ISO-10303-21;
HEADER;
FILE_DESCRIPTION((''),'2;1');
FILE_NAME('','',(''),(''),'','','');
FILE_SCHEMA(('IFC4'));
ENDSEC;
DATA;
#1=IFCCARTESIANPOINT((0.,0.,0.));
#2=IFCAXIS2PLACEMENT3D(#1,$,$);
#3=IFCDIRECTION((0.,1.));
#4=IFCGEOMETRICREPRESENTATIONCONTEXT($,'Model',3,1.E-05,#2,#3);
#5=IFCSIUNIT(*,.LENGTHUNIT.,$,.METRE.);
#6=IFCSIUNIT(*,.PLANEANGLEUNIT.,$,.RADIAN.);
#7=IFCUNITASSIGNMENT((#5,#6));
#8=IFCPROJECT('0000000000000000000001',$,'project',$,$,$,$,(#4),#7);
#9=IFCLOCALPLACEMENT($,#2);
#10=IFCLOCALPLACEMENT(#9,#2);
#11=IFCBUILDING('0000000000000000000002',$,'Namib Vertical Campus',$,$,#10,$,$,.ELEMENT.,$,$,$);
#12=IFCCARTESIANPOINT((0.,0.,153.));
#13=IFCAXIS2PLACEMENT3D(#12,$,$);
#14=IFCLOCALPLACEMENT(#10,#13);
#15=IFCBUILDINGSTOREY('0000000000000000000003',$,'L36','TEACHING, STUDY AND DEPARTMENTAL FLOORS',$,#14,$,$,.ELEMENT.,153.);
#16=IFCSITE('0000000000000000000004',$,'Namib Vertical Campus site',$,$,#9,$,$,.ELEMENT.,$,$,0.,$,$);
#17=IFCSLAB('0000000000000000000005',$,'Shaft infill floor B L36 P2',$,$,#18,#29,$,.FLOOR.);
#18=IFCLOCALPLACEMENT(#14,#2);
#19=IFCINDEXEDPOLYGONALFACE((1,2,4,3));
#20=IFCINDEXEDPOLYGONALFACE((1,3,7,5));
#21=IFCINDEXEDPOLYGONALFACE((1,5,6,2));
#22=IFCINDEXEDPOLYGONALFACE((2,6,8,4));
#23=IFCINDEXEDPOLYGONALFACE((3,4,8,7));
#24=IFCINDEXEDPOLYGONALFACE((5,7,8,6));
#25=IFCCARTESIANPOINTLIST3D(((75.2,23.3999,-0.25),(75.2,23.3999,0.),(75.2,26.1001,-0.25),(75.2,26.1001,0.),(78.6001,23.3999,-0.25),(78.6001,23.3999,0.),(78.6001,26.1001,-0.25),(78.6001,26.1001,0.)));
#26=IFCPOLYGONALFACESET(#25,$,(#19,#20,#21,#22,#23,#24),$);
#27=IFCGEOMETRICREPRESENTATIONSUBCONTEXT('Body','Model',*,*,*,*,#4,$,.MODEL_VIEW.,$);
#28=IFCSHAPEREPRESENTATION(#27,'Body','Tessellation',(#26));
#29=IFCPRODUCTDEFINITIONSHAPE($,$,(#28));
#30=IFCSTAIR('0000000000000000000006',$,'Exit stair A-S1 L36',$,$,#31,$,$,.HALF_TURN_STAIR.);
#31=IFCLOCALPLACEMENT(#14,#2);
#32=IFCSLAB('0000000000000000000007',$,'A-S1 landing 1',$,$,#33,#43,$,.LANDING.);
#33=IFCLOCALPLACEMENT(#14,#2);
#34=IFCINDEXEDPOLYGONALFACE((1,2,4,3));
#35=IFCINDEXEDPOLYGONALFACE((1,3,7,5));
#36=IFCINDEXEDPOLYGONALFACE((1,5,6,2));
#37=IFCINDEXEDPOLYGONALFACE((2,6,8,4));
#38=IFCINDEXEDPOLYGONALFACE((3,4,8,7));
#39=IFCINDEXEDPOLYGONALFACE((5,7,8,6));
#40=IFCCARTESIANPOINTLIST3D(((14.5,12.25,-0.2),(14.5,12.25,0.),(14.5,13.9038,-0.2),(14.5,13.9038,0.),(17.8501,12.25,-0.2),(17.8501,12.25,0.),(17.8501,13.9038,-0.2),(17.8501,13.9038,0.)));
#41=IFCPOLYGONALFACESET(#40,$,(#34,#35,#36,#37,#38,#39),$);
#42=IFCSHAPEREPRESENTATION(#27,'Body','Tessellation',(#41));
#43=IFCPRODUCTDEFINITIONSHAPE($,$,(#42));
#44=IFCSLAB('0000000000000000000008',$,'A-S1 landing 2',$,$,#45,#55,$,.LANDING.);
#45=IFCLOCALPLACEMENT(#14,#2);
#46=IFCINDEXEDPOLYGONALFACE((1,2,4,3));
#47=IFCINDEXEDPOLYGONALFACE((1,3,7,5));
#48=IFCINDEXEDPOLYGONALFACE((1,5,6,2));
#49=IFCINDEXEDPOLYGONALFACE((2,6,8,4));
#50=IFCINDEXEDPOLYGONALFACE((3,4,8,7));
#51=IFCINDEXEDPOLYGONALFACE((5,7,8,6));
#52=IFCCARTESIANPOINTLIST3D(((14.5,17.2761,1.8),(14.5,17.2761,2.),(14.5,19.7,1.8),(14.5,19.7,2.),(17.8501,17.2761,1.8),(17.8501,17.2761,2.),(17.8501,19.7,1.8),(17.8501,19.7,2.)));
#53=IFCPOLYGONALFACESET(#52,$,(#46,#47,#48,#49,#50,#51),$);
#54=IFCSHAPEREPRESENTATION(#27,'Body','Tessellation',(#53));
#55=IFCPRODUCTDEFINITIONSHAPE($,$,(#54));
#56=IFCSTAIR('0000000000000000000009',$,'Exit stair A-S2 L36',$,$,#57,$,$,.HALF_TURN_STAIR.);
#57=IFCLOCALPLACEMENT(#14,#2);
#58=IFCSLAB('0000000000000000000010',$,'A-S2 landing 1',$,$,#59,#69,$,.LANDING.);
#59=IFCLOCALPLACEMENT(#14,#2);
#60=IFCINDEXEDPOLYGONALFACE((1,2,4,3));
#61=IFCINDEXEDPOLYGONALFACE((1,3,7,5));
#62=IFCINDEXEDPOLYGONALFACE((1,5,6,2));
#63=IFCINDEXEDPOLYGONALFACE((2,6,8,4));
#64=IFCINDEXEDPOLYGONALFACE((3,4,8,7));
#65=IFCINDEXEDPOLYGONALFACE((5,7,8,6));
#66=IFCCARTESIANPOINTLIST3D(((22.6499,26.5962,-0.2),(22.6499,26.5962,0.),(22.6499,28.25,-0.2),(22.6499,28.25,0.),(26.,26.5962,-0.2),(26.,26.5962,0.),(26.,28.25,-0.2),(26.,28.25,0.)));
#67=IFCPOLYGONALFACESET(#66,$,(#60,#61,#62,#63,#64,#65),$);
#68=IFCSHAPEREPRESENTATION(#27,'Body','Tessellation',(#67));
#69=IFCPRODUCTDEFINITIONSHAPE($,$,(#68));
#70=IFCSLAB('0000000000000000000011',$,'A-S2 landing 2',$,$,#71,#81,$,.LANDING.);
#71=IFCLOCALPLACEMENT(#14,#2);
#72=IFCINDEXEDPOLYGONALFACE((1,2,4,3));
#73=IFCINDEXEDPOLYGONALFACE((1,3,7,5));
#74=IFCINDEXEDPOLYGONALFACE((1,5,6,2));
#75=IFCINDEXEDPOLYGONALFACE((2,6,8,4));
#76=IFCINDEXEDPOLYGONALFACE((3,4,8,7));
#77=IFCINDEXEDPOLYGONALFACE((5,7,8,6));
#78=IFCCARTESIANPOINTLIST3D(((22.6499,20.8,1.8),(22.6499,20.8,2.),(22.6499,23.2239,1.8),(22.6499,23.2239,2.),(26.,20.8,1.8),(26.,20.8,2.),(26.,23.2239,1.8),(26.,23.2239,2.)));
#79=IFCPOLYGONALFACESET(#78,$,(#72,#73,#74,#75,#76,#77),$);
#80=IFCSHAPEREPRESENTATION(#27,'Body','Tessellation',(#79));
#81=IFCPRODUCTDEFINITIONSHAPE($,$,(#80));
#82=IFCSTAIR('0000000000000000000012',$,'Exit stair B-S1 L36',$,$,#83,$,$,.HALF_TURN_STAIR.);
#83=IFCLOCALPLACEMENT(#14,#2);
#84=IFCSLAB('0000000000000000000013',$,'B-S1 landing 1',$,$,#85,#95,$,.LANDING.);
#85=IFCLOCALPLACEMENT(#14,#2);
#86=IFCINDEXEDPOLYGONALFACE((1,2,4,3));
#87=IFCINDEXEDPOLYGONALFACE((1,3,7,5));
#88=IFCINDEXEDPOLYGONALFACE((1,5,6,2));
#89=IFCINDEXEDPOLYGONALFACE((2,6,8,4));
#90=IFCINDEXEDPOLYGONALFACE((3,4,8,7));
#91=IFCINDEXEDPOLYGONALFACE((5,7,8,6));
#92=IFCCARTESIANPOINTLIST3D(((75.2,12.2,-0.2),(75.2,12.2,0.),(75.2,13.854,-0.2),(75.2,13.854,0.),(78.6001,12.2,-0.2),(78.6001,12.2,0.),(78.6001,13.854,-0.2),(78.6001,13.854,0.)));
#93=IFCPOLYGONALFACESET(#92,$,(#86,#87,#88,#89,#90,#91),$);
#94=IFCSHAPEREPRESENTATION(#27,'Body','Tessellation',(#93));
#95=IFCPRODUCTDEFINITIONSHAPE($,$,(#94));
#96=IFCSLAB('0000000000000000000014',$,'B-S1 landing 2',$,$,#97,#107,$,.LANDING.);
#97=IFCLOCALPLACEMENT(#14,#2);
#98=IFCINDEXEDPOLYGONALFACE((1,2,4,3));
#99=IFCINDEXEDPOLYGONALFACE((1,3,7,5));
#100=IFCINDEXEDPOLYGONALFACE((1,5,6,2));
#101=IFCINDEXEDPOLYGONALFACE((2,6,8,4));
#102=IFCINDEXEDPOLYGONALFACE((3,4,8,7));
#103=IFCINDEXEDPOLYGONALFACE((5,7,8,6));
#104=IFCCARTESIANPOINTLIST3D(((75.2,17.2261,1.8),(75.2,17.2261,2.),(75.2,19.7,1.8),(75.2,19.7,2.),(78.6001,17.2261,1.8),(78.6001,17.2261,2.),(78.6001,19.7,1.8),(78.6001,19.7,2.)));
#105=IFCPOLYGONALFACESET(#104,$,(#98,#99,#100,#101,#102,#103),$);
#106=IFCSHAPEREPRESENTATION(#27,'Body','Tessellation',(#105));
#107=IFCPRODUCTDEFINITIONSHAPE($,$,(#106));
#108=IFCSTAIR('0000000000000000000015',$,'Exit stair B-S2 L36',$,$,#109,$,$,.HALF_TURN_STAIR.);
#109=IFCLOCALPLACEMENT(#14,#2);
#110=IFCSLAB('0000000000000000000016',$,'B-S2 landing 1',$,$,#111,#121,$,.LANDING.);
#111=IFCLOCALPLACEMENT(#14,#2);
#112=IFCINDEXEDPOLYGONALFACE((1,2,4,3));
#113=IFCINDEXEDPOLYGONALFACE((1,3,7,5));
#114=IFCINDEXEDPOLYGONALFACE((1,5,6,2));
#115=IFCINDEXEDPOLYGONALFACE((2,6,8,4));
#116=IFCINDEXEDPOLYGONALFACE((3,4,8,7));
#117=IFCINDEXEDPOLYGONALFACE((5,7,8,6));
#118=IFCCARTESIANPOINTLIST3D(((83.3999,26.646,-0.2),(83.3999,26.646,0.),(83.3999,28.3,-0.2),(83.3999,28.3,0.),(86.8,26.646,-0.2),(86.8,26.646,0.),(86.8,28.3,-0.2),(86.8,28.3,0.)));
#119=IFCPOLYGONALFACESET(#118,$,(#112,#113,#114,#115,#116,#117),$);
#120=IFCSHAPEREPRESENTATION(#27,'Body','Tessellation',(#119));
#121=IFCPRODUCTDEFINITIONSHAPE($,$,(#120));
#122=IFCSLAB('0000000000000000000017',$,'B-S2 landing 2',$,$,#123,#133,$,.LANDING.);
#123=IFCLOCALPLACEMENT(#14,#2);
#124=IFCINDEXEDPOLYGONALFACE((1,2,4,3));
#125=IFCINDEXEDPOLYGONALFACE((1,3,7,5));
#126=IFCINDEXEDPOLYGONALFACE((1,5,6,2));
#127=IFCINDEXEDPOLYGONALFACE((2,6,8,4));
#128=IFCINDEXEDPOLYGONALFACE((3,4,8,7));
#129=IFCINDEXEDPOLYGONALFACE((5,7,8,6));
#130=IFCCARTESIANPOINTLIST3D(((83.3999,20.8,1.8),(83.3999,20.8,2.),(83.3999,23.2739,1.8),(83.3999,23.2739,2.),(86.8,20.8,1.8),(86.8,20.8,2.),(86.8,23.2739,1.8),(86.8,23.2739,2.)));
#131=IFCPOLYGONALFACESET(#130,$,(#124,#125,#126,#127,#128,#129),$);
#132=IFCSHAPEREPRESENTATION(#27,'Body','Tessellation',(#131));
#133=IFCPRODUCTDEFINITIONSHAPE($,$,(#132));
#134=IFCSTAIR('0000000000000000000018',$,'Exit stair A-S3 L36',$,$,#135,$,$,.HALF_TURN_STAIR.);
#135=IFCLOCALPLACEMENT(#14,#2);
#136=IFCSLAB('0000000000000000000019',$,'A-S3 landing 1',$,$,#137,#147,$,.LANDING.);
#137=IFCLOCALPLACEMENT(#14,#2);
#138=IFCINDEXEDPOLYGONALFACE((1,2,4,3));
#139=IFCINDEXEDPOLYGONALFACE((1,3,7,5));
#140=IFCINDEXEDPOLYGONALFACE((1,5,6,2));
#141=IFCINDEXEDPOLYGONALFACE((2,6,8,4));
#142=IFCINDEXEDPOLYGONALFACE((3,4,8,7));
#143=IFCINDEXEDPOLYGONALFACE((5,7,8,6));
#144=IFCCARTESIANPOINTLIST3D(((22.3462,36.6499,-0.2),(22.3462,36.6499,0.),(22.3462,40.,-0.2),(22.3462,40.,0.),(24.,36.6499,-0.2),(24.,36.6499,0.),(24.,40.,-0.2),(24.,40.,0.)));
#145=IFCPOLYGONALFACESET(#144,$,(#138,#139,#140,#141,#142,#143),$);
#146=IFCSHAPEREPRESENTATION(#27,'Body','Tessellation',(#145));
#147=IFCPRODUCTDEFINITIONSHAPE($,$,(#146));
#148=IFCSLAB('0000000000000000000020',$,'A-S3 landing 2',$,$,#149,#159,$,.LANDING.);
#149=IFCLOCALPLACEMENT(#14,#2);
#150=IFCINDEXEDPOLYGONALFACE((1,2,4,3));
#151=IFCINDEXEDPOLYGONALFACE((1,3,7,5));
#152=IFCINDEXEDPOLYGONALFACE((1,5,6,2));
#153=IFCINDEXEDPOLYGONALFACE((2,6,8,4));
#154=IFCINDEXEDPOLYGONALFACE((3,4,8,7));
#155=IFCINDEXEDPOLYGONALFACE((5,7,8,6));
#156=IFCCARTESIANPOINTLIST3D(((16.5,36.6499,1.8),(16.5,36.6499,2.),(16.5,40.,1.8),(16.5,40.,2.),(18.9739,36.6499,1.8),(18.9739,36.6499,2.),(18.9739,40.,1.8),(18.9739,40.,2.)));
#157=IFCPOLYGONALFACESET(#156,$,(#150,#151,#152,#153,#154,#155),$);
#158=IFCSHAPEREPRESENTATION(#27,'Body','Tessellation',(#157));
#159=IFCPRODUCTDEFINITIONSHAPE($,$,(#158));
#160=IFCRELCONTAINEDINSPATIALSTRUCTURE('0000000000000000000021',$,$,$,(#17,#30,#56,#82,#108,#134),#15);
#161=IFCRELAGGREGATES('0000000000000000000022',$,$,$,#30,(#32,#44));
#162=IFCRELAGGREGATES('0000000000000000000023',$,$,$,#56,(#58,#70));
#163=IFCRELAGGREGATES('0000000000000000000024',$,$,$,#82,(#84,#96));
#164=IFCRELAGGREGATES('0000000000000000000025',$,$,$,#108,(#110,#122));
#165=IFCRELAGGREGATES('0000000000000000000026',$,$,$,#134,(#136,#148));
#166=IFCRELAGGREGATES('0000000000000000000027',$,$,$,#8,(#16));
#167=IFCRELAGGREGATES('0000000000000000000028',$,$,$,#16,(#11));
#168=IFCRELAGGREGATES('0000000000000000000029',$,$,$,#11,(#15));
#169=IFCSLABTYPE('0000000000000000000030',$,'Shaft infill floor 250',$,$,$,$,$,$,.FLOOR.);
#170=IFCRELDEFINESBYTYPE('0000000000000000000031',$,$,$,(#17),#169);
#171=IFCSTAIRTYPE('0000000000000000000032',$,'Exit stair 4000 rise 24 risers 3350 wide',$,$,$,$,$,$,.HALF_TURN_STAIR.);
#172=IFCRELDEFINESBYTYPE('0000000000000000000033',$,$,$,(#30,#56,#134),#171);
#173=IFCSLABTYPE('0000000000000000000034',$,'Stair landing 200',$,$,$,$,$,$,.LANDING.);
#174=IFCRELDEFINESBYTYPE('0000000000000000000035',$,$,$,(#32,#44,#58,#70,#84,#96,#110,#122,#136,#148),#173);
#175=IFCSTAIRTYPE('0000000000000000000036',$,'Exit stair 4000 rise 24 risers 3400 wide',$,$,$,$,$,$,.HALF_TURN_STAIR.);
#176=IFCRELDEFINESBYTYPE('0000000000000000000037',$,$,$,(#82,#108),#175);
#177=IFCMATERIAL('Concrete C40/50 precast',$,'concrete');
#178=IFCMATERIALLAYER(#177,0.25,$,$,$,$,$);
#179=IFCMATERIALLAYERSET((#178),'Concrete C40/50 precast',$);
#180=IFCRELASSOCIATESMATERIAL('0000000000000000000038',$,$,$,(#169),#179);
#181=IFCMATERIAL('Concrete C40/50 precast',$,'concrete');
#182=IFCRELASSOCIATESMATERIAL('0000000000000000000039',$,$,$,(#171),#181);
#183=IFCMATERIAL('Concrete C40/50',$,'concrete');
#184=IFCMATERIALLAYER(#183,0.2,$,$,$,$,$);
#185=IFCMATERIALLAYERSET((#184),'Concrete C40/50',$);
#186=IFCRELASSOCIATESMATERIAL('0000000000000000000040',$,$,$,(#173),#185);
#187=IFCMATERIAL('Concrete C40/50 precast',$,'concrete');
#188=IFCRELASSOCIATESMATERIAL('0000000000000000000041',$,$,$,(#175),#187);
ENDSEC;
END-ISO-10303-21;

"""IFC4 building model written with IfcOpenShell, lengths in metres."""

from ifc_helpers import new_model, si_unit, direction, frame, origin, place, context, subcontext, project, spatial, polyline, outline, extrude, material, layer, layer_set, type_object, element, aggregate, save


model = new_model("IFC4")

# Units and contexts
model_context = context("Model", 3, precision=1e-05, world=origin(), true_north=direction((0.0, 1.0)))
body_context = subcontext(model_context, "Body", "Model", "MODEL_VIEW")
ifc_project = project(units=[si_unit("LENGTHUNIT", "METRE"), si_unit("PLANEANGLEUNIT", "RADIAN")], contexts=[model_context])

# Site, building, storey
site_placement = place(None, origin())
site = spatial("IfcSite", under=ifc_project, at=site_placement, Name="Namib Vertical Campus site", CompositionType="ELEMENT", RefElevation=0.0)
building_placement = place(site_placement, origin())
building = spatial("IfcBuilding", under=site, at=building_placement, Name="Namib Vertical Campus", CompositionType="ELEMENT")
storey_placement = place(building_placement, frame((0.0, 0.0, 153.0)))
storey = spatial("IfcBuildingStorey", under=building, at=storey_placement, Name="L36", Description="TEACHING, STUDY AND DEPARTMENTAL FLOORS", CompositionType="ELEMENT", Elevation=153.0)

# Slab
ifc_material_1 = material(Name="Concrete C40/50 precast", Category="concrete")
ifc_layer_1 = layer(ifc_material_1, 0.25)
ifc_layer_set_1 = layer_set([ifc_layer_1], Name="Concrete C40/50 precast")
slab_type_1 = type_object("IfcSlabType", Name="Shaft infill floor 250", PredefinedType="FLOOR", material=ifc_layer_set_1)
slab_1_placement = place(storey_placement, frame((0.0, 0.0, -0.25)))
element("IfcSlab", 1, at=slab_1_placement, inside=storey, type_object=slab_type_1, Name="Shaft infill floor B L36 P2", PredefinedType="FLOOR", context=body_context, shape_type="SweptSolid", body=[
    extrude(outline(polyline([(75.2, 23.3999), (78.6001, 23.3999), (78.6001, 26.1001), (75.2, 26.1001), (75.2, 23.3999)])), origin(), (0.0, 0.0, 1.0), 0.25),
])

# Stairs, slabs
ifc_material_2 = material(Name="Concrete C40/50 precast", Category="concrete")
stair_type_1 = type_object("IfcStairType", Name="Exit stair 4000 rise 24 risers 3350 wide", PredefinedType="HALF_TURN_STAIR", material=ifc_material_2)
stair_1_placement = place(storey_placement, origin())
stair_1 = element("IfcStair", 2, at=stair_1_placement, inside=storey, type_object=stair_type_1, Name="Exit stair A-S1 L36", PredefinedType="HALF_TURN_STAIR")
ifc_material_3 = material(Name="Concrete C40/50", Category="concrete")
ifc_layer_2 = layer(ifc_material_3, 0.2)
ifc_layer_set_2 = layer_set([ifc_layer_2], Name="Concrete C40/50")
slab_type_2 = type_object("IfcSlabType", Name="Stair landing 200", PredefinedType="LANDING", material=ifc_layer_set_2)
slab_2_placement = place(storey_placement, frame((0.0, 0.0, -0.2)))
slab_2 = element("IfcSlab", 3, at=slab_2_placement, type_object=slab_type_2, Name="A-S1 landing 1", PredefinedType="LANDING", context=body_context, shape_type="SweptSolid", body=[
    extrude(outline(polyline([(14.5, 12.25), (17.8501, 12.25), (17.8501, 13.9038), (14.5, 13.9038), (14.5, 12.25)])), origin(), (0.0, 0.0, 1.0), 0.2),
])
slab_3_placement = place(storey_placement, frame((0.0, 0.0, 1.8)))
slab_3 = element("IfcSlab", 4, at=slab_3_placement, type_object=slab_type_2, Name="A-S1 landing 2", PredefinedType="LANDING", context=body_context, shape_type="SweptSolid", body=[
    extrude(outline(polyline([(14.5, 17.2761), (17.8501, 17.2761), (17.8501, 19.7), (14.5, 19.7), (14.5, 17.2761)])), origin(), (0.0, 0.0, 1.0), 0.2),
])
aggregate(stair_1, [slab_2, slab_3])
stair_2_placement = place(storey_placement, origin())
stair_2 = element("IfcStair", 5, at=stair_2_placement, inside=storey, type_object=stair_type_1, Name="Exit stair A-S2 L36", PredefinedType="HALF_TURN_STAIR")
slab_4_placement = place(storey_placement, frame((0.0, 0.0, -0.2)))
slab_4 = element("IfcSlab", 6, at=slab_4_placement, type_object=slab_type_2, Name="A-S2 landing 1", PredefinedType="LANDING", context=body_context, shape_type="SweptSolid", body=[
    extrude(outline(polyline([(22.6499, 26.5962), (26.0, 26.5962), (26.0, 28.25), (22.6499, 28.25), (22.6499, 26.5962)])), origin(), (0.0, 0.0, 1.0), 0.2),
])
slab_5_placement = place(storey_placement, frame((0.0, 0.0, 1.8)))
slab_5 = element("IfcSlab", 7, at=slab_5_placement, type_object=slab_type_2, Name="A-S2 landing 2", PredefinedType="LANDING", context=body_context, shape_type="SweptSolid", body=[
    extrude(outline(polyline([(22.6499, 20.8), (26.0, 20.8), (26.0, 23.2239), (22.6499, 23.2239), (22.6499, 20.8)])), origin(), (0.0, 0.0, 1.0), 0.2),
])
aggregate(stair_2, [slab_4, slab_5])
ifc_material_4 = material(Name="Concrete C40/50 precast", Category="concrete")
stair_type_2 = type_object("IfcStairType", Name="Exit stair 4000 rise 24 risers 3400 wide", PredefinedType="HALF_TURN_STAIR", material=ifc_material_4)
stair_3_placement = place(storey_placement, origin())
stair_3 = element("IfcStair", 8, at=stair_3_placement, inside=storey, type_object=stair_type_2, Name="Exit stair B-S1 L36", PredefinedType="HALF_TURN_STAIR")
slab_6_placement = place(storey_placement, frame((0.0, 0.0, -0.2)))
slab_6 = element("IfcSlab", 9, at=slab_6_placement, type_object=slab_type_2, Name="B-S1 landing 1", PredefinedType="LANDING", context=body_context, shape_type="SweptSolid", body=[
    extrude(outline(polyline([(75.2, 12.2), (78.6001, 12.2), (78.6001, 13.854), (75.2, 13.854), (75.2, 12.2)])), origin(), (0.0, 0.0, 1.0), 0.2),
])
slab_7_placement = place(storey_placement, frame((0.0, 0.0, 1.8)))
slab_7 = element("IfcSlab", 10, at=slab_7_placement, type_object=slab_type_2, Name="B-S1 landing 2", PredefinedType="LANDING", context=body_context, shape_type="SweptSolid", body=[
    extrude(outline(polyline([(75.2, 17.2261), (78.6001, 17.2261), (78.6001, 19.7), (75.2, 19.7), (75.2, 17.2261)])), origin(), (0.0, 0.0, 1.0), 0.2),
])
aggregate(stair_3, [slab_6, slab_7])
stair_4_placement = place(storey_placement, origin())
stair_4 = element("IfcStair", 11, at=stair_4_placement, inside=storey, type_object=stair_type_2, Name="Exit stair B-S2 L36", PredefinedType="HALF_TURN_STAIR")
slab_8_placement = place(storey_placement, frame((0.0, 0.0, -0.2)))
slab_8 = element("IfcSlab", 12, at=slab_8_placement, type_object=slab_type_2, Name="B-S2 landing 1", PredefinedType="LANDING", context=body_context, shape_type="SweptSolid", body=[
    extrude(outline(polyline([(83.3999, 26.646), (86.8, 26.646), (86.8, 28.3), (83.3999, 28.3), (83.3999, 26.646)])), origin(), (0.0, 0.0, 1.0), 0.2),
])
slab_9_placement = place(storey_placement, frame((0.0, 0.0, 1.8)))
slab_9 = element("IfcSlab", 13, at=slab_9_placement, type_object=slab_type_2, Name="B-S2 landing 2", PredefinedType="LANDING", context=body_context, shape_type="SweptSolid", body=[
    extrude(outline(polyline([(83.3999, 20.8), (86.8, 20.8), (86.8, 23.2739), (83.3999, 23.2739), (83.3999, 20.8)])), origin(), (0.0, 0.0, 1.0), 0.2),
])
aggregate(stair_4, [slab_8, slab_9])
stair_5_placement = place(storey_placement, origin())
stair_5 = element("IfcStair", 14, at=stair_5_placement, inside=storey, type_object=stair_type_1, Name="Exit stair A-S3 L36", PredefinedType="HALF_TURN_STAIR")
slab_10_placement = place(storey_placement, frame((0.0, 0.0, -0.2)))
slab_10 = element("IfcSlab", 15, at=slab_10_placement, type_object=slab_type_2, Name="A-S3 landing 1", PredefinedType="LANDING", context=body_context, shape_type="SweptSolid", body=[
    extrude(outline(polyline([(22.3462, 36.6499), (22.3462, 40.0), (24.0, 40.0), (24.0, 36.6499), (22.3462, 36.6499)])), origin(), (0.0, 0.0, 1.0), 0.2),
])
slab_11_placement = place(storey_placement, frame((0.0, 0.0, 1.8)))
slab_11 = element("IfcSlab", 16, at=slab_11_placement, type_object=slab_type_2, Name="A-S3 landing 2", PredefinedType="LANDING", context=body_context, shape_type="SweptSolid", body=[
    extrude(outline(polyline([(16.5, 36.6499), (16.5, 40.0), (18.9739, 40.0), (18.9739, 36.6499), (16.5, 36.6499)])), origin(), (0.0, 0.0, 1.0), 0.2),
])
aggregate(stair_5, [slab_10, slab_11])

save(model, "model.ifc")
